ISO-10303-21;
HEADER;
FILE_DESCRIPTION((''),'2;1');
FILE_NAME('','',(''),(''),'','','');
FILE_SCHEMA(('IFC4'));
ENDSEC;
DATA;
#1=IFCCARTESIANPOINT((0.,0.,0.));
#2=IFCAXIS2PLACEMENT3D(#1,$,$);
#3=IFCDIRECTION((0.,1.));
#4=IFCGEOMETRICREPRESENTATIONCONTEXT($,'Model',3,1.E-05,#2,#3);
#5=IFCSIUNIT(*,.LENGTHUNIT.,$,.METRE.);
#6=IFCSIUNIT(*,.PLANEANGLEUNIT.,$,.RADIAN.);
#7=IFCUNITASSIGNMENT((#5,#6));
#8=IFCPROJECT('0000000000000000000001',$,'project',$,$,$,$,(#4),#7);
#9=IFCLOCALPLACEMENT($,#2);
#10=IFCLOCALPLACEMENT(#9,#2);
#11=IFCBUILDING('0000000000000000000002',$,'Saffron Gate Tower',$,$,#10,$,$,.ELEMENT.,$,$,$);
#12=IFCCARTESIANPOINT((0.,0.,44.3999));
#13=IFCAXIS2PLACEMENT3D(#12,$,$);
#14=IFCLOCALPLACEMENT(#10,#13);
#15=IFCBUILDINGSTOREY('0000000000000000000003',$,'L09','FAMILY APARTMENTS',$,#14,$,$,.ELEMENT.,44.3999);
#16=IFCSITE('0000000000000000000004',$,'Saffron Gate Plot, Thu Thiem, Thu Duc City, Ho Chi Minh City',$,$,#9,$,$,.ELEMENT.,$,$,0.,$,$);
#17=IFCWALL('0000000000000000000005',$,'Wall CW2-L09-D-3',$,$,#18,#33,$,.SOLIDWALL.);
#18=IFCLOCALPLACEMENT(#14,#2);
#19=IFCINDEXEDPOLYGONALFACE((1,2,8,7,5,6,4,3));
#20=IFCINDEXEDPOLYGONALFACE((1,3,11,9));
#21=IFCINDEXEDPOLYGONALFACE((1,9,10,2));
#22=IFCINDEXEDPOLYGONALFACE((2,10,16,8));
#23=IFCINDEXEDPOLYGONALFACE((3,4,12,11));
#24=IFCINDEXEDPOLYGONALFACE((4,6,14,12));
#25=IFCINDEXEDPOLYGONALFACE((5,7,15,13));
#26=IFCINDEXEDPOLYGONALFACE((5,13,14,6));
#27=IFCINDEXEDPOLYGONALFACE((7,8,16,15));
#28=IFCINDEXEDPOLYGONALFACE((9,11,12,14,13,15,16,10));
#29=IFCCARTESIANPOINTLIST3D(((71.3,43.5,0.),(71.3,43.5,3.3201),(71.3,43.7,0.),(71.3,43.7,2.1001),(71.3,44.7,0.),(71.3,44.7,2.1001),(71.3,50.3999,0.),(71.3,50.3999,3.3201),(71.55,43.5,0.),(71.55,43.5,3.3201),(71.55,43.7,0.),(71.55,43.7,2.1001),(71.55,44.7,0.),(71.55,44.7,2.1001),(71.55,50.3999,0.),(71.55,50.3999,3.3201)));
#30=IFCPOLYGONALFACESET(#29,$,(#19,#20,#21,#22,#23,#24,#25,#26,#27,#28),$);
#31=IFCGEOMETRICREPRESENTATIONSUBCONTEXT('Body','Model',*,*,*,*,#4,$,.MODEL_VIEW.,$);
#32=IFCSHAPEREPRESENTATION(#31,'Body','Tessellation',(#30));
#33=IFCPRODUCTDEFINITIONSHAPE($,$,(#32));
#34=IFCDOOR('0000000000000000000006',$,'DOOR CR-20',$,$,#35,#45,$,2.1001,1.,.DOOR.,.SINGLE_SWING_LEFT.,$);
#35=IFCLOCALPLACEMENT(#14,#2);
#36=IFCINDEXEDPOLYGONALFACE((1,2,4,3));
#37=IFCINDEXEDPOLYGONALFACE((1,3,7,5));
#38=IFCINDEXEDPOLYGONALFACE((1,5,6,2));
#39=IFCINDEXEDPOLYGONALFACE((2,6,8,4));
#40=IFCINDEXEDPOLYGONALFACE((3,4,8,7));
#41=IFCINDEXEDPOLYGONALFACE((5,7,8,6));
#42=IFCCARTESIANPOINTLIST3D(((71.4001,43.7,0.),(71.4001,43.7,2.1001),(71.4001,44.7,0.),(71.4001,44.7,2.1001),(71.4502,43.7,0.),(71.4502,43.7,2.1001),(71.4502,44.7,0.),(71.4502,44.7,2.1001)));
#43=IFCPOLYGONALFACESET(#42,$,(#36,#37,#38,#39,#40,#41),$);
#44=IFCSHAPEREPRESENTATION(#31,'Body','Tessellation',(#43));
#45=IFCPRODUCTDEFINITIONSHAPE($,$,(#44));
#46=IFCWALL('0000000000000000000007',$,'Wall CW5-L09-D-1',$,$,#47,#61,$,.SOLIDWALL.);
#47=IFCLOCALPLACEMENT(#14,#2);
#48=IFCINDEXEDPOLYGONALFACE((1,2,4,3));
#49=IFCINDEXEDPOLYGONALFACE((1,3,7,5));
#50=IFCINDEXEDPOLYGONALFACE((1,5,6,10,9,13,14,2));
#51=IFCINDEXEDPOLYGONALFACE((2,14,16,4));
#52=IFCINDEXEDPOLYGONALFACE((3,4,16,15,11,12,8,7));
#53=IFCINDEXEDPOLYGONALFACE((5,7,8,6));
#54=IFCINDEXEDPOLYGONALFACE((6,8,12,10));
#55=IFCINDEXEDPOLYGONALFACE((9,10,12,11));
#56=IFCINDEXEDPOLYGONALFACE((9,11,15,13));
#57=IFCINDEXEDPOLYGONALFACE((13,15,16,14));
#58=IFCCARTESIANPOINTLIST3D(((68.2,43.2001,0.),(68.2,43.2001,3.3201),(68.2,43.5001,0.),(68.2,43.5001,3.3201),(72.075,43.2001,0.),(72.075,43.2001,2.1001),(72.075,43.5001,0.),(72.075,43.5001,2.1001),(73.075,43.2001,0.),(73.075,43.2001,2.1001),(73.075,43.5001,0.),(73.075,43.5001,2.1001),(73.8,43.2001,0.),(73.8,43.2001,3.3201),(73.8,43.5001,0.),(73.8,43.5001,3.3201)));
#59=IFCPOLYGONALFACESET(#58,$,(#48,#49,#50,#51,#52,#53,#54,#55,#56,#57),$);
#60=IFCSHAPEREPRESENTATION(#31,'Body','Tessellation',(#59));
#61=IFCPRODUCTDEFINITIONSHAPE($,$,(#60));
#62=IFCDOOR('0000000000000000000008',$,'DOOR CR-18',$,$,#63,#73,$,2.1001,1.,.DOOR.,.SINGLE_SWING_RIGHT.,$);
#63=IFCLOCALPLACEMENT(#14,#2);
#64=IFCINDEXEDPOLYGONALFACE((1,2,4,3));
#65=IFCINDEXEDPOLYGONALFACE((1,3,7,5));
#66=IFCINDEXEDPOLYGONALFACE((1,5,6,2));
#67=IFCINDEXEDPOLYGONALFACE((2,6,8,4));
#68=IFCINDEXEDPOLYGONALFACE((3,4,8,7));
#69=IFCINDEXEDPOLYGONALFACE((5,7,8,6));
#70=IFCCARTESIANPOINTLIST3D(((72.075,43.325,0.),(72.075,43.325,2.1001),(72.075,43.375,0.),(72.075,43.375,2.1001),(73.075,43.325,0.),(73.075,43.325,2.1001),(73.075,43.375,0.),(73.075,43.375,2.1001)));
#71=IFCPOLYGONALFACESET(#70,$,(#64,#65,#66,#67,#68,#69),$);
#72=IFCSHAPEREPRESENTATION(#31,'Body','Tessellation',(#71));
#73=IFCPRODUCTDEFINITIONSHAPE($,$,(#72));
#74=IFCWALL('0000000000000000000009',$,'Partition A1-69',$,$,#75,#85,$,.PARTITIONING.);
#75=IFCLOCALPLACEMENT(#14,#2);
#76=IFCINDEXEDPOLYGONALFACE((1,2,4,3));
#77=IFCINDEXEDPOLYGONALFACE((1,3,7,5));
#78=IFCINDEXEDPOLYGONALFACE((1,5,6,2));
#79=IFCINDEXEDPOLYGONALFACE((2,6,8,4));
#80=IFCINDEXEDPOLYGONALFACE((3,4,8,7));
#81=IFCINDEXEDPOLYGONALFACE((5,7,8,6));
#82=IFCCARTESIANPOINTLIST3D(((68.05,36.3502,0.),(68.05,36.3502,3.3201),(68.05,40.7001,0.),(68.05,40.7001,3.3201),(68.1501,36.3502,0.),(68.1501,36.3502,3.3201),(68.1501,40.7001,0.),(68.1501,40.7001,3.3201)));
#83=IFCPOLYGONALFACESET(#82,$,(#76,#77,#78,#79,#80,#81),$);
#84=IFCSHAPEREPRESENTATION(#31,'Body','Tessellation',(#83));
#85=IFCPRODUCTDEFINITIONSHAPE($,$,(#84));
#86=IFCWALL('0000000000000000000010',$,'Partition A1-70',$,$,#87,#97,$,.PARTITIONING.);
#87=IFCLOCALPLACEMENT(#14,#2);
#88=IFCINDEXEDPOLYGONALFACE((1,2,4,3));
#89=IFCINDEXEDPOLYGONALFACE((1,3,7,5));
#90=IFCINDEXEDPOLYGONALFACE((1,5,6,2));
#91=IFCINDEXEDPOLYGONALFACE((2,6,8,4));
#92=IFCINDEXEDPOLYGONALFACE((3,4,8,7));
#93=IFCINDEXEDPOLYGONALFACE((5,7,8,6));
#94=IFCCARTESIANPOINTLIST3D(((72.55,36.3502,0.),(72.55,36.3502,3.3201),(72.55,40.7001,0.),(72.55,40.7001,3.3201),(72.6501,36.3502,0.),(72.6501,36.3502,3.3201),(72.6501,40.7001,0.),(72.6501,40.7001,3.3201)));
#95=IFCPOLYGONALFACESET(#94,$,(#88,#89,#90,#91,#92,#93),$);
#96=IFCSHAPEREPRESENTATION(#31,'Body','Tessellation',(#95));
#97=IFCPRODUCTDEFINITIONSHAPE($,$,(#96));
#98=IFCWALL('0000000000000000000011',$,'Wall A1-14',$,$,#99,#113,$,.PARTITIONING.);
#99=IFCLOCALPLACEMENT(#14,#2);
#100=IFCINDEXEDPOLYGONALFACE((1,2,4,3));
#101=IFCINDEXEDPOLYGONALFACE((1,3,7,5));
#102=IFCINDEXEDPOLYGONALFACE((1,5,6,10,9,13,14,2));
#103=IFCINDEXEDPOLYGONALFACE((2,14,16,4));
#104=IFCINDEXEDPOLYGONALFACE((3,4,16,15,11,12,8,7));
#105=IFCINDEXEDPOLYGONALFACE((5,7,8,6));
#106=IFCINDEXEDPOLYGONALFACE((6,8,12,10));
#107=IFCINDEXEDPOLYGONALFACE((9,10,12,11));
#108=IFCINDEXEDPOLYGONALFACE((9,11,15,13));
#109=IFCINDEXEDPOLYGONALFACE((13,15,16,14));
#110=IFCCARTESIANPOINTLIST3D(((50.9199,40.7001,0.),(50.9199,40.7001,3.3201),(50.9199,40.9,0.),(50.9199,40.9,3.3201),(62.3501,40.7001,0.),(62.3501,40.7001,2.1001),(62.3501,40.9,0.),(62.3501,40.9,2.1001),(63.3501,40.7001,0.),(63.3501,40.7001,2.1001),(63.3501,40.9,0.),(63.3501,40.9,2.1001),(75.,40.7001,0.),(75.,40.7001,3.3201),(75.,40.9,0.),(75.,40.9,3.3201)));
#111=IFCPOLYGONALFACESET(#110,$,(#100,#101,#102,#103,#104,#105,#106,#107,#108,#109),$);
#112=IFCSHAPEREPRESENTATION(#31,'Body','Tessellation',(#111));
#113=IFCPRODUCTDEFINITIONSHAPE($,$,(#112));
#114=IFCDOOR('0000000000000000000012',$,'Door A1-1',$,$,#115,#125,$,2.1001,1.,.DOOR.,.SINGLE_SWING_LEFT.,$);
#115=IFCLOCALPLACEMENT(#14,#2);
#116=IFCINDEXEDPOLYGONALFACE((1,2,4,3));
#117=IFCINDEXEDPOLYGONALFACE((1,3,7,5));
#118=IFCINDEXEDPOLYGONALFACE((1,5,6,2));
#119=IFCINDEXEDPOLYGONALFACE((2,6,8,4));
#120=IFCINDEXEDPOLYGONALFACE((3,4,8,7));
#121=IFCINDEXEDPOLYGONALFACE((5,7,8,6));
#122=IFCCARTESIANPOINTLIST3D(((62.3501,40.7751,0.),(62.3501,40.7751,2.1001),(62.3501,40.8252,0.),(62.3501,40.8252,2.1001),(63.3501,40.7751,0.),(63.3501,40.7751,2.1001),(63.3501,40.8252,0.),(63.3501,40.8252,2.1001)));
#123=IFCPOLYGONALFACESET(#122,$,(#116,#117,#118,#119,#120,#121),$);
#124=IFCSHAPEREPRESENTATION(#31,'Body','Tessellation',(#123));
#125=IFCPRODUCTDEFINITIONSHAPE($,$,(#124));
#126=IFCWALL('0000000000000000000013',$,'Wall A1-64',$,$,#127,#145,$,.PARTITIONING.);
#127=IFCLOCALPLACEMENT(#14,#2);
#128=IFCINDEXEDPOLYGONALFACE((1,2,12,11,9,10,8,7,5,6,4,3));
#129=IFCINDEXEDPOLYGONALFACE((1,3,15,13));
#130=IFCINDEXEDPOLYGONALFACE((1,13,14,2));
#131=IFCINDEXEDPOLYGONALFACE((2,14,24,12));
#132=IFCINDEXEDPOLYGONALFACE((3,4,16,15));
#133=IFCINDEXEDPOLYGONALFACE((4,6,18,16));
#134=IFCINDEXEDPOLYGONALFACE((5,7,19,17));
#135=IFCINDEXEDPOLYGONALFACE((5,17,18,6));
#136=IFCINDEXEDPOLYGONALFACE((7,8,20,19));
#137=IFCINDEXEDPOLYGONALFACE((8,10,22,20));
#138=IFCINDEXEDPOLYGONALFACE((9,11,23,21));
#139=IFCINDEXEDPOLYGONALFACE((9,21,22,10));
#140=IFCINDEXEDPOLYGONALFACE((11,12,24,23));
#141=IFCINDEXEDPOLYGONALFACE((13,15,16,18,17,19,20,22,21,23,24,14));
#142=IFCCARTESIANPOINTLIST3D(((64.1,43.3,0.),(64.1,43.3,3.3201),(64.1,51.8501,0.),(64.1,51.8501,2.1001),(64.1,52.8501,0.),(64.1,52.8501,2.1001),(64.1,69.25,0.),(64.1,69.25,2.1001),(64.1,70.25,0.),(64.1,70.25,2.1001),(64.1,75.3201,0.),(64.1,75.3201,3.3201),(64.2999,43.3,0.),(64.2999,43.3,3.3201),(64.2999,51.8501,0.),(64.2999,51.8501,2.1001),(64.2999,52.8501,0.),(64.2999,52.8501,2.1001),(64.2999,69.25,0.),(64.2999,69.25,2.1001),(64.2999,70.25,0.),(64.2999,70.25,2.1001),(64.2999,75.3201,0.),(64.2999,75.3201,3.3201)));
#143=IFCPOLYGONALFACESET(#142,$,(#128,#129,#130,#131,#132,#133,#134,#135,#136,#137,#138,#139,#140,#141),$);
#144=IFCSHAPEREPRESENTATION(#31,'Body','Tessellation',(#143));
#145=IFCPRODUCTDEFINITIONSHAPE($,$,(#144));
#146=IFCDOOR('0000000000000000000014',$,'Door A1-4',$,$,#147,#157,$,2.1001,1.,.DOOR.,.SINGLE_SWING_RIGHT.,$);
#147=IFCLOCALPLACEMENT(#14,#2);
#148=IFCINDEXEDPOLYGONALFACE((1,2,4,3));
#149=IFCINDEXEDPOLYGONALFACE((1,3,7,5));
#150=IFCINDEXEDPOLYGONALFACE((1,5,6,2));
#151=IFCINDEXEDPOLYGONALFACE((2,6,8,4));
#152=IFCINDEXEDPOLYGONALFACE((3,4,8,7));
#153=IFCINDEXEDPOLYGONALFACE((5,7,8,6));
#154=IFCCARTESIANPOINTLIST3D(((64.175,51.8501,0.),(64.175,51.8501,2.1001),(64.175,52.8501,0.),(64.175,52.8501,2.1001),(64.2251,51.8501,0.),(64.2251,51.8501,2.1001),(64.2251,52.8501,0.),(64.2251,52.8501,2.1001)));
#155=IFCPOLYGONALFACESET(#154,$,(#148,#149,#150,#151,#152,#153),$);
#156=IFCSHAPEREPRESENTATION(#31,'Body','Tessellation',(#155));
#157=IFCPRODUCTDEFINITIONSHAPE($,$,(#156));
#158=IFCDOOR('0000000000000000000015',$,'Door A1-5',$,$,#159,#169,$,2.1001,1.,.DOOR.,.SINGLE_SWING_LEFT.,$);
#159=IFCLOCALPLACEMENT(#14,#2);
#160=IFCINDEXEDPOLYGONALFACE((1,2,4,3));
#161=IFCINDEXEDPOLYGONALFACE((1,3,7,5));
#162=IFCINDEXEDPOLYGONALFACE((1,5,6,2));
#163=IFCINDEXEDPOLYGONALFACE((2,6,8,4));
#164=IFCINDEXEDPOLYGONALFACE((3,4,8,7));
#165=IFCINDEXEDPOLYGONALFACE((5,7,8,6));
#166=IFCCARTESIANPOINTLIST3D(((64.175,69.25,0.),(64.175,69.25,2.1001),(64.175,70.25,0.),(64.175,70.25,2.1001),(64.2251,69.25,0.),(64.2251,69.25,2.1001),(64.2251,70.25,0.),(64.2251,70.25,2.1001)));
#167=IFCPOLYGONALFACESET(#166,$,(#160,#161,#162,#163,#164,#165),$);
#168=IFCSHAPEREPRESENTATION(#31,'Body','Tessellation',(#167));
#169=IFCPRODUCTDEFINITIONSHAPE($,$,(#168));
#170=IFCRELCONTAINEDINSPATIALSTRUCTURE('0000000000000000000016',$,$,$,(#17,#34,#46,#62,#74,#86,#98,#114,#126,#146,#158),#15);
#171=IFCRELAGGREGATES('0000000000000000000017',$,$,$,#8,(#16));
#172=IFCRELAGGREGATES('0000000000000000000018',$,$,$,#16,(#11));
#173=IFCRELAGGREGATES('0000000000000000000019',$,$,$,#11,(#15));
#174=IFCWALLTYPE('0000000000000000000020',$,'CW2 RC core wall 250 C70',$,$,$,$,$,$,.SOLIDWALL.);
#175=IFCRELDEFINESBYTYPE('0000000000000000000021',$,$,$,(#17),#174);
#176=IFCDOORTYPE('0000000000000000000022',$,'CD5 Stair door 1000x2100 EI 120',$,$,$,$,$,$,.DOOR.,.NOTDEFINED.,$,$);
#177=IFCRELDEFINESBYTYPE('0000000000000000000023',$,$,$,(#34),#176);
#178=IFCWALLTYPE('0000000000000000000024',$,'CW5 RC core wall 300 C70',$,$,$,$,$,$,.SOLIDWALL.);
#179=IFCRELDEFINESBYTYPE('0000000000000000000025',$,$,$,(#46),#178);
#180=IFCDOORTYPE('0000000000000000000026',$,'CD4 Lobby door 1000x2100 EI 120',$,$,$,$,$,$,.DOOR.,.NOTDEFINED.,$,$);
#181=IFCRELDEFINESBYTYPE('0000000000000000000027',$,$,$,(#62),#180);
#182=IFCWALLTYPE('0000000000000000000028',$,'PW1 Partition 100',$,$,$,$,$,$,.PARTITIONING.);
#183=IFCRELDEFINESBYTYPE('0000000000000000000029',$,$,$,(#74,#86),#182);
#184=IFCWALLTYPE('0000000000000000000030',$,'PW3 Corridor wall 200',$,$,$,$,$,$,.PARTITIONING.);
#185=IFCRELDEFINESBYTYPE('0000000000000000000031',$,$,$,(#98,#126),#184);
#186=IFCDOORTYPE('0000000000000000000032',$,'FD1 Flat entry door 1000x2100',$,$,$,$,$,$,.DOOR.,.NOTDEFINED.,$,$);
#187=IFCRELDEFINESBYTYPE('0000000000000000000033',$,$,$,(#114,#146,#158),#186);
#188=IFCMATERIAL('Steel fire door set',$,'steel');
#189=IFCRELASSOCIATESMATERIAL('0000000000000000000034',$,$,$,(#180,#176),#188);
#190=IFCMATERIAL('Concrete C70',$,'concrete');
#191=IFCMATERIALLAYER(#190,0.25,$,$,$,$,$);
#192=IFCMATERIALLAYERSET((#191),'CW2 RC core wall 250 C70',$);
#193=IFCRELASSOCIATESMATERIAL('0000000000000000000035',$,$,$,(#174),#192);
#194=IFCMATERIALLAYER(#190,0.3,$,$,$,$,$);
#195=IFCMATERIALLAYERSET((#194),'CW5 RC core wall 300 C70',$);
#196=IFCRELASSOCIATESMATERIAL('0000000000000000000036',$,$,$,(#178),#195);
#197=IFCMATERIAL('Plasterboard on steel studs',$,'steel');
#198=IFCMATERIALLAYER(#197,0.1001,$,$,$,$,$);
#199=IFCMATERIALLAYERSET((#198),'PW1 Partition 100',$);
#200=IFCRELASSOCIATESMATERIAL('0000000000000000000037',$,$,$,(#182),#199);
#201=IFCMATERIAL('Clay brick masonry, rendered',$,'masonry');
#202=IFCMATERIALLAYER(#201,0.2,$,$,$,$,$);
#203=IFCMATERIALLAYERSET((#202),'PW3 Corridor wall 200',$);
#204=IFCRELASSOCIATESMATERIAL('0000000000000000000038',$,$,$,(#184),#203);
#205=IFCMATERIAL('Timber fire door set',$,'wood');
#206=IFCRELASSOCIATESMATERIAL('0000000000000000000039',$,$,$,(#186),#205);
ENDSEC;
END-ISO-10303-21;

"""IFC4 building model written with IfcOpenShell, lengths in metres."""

from ifc_helpers import new_model, si_unit, direction, frame, frame_2d, origin, place, context, subcontext, project, spatial, rectangle, extrude, material, layer, layer_set, type_object, element, fill, save


model = new_model("IFC4")

# Units and contexts
model_context = context("Model", 3, precision=1e-05, world=origin(), true_north=direction((0.0, 1.0)))
body_context = subcontext(model_context, "Body", "Model", "MODEL_VIEW")
ifc_project = project(units=[si_unit("LENGTHUNIT", "METRE"), si_unit("PLANEANGLEUNIT", "RADIAN")], contexts=[model_context])

# Site, building, storey
site_placement = place(None, origin())
site = spatial("IfcSite", under=ifc_project, at=site_placement, Name="Saffron Gate Plot, Thu Thiem, Thu Duc City, Ho Chi Minh City", CompositionType="ELEMENT", RefElevation=0.0)
building_placement = place(site_placement, origin())
building = spatial("IfcBuilding", under=site, at=building_placement, Name="Saffron Gate Tower", CompositionType="ELEMENT")
storey_placement = place(building_placement, frame((0.0, 0.0, 44.3999)))
storey = spatial("IfcBuildingStorey", under=building, at=storey_placement, Name="L09", Description="FAMILY APARTMENTS", CompositionType="ELEMENT", Elevation=44.3999)

# Shared definitions
ifc_material_1 = material(Name="Steel fire door set", Category="steel")
door_type_1 = type_object("IfcDoorType", Name="CD4 Lobby door 1000x2100 EI 120", OperationType="NOTDEFINED", PredefinedType="DOOR", material=ifc_material_1)

# Shared definitions
ifc_material_2 = material(Name="Concrete C70", Category="concrete")
ifc_layer_1 = layer(ifc_material_2, 0.25)
ifc_layer_set_1 = layer_set([ifc_layer_1], Name="CW2 RC core wall 250 C70")
wall_type_1 = type_object("IfcWallType", Name="CW2 RC core wall 250 C70", PredefinedType="SOLIDWALL", material=ifc_layer_set_1)

# Walls, openings, doors
wall_1_placement = place(storey_placement, frame((71.425, 43.5, 0.0), z_axis=(0.0, 0.0, 1.0), x_axis=(0.0, 1.0, 0.0)))
wall_1 = element("IfcWall", 1, at=wall_1_placement, inside=storey, type_object=wall_type_1, Name="Wall CW2-L09-D-3", PredefinedType="SOLIDWALL", context=body_context, shape_type="SweptSolid", body=[
    extrude(rectangle(XDim=6.8999, YDim=0.25, at=frame_2d((3.45, 0.0))), origin(), (0.0, 0.0, 1.0), 3.3201),
])
opening_1_placement = place(wall_1_placement, frame((0.2, 0.0, 0.0)))
opening_1 = element("IfcOpeningElement", 2, at=opening_1_placement, cuts=wall_1, PredefinedType="OPENING", context=body_context, shape_type="SweptSolid", body=[
    extrude(rectangle(XDim=1.0, YDim=2.1001, at=frame_2d((0.5, 1.05))), frame((0.0, 0.135, 0.0), z_axis=(0.0, -1.0, 0.0), x_axis=(1.0, 0.0, 0.0)), (0.0, 0.0, 1.0), 0.27),
])
door_type_2 = type_object("IfcDoorType", Name="CD5 Stair door 1000x2100 EI 120", OperationType="NOTDEFINED", PredefinedType="DOOR", material=ifc_material_1)
door_1_placement = place(opening_1_placement, origin())
door_1 = element("IfcDoor", 3, at=door_1_placement, inside=storey, type_object=door_type_2, Name="DOOR CR-20", OperationType="SINGLE_SWING_LEFT", OverallHeight=2.1001, OverallWidth=1.0, PredefinedType="DOOR", context=body_context, shape_type="SweptSolid", body=[
    extrude(rectangle(XDim=1.0, YDim=2.1001, at=frame_2d((0.5, 1.05))), frame((0.0, 0.0249, 0.0), z_axis=(0.0, -1.0, 0.0), x_axis=(1.0, 0.0, 0.0)), (0.0, 0.0, 1.0), 0.05),
])
fill(opening_1, door_1)
ifc_layer_2 = layer(ifc_material_2, 0.3)
ifc_layer_set_2 = layer_set([ifc_layer_2], Name="CW5 RC core wall 300 C70")
wall_type_2 = type_object("IfcWallType", Name="CW5 RC core wall 300 C70", PredefinedType="SOLIDWALL", material=ifc_layer_set_2)
wall_2_placement = place(storey_placement, frame((68.2, 43.3501, 0.0), z_axis=(0.0, 0.0, 1.0), x_axis=(1.0, 0.0, 0.0)))
wall_2 = element("IfcWall", 4, at=wall_2_placement, inside=storey, type_object=wall_type_2, Name="Wall CW5-L09-D-1", PredefinedType="SOLIDWALL", context=body_context, shape_type="SweptSolid", body=[
    extrude(rectangle(XDim=5.6001, YDim=0.3, at=frame_2d((2.8, 0.0))), origin(), (0.0, 0.0, 1.0), 3.3201),
])
opening_2_placement = place(wall_2_placement, frame((3.875, 0.0, 0.0)))
opening_2 = element("IfcOpeningElement", 5, at=opening_2_placement, cuts=wall_2, PredefinedType="OPENING", context=body_context, shape_type="SweptSolid", body=[
    extrude(rectangle(XDim=1.0, YDim=2.1001, at=frame_2d((0.5, 1.05))), frame((0.0, 0.1602, 0.0), z_axis=(0.0, -1.0, 0.0), x_axis=(1.0, 0.0, 0.0)), (0.0, 0.0, 1.0), 0.3201),
])
door_2_placement = place(opening_2_placement, origin())
door_2 = element("IfcDoor", 6, at=door_2_placement, inside=storey, type_object=door_type_1, Name="DOOR CR-18", OperationType="SINGLE_SWING_RIGHT", OverallHeight=2.1001, OverallWidth=1.0, PredefinedType="DOOR", context=body_context, shape_type="SweptSolid", body=[
    extrude(rectangle(XDim=1.0, YDim=2.1001, at=frame_2d((0.5, 1.05))), frame((0.0, 0.0249, 0.0), z_axis=(0.0, -1.0, 0.0), x_axis=(1.0, 0.0, 0.0)), (0.0, 0.0, 1.0), 0.05),
])
fill(opening_2, door_2)

# Walls
ifc_material_3 = material(Name="Plasterboard on steel studs", Category="steel")
ifc_layer_3 = layer(ifc_material_3, 0.1001)
ifc_layer_set_3 = layer_set([ifc_layer_3], Name="PW1 Partition 100")
wall_type_3 = type_object("IfcWallType", Name="PW1 Partition 100", PredefinedType="PARTITIONING", material=ifc_layer_set_3)
for number, where, z_axis, x_axis, name in (
    (7, (68.1001, 40.7, 0.0), (0.0, 0.0, 1.0), (0.0, -1.0, 0.0), "Partition A1-69"),
    (8, (72.6001, 40.7, 0.0), (0.0, 0.0, 1.0), (0.0, -1.0, 0.0), "Partition A1-70"),
):
    element("IfcWall", number, at=place(storey_placement, frame(where, z_axis=z_axis, x_axis=x_axis)), inside=storey, type_object=wall_type_3, Name=name, PredefinedType="PARTITIONING", context=body_context, shape_type="SweptSolid", body=[
        extrude(rectangle(XDim=4.3499, YDim=0.1001, at=frame_2d((2.1748, 0.0))), origin(), (0.0, 0.0, 1.0), 3.3201),
    ])

# Wall, opening, door
ifc_material_4 = material(Name="Clay brick masonry, rendered", Category="masonry")
ifc_layer_4 = layer(ifc_material_4, 0.2)
ifc_layer_set_4 = layer_set([ifc_layer_4], Name="PW3 Corridor wall 200")
wall_type_4 = type_object("IfcWallType", Name="PW3 Corridor wall 200", PredefinedType="PARTITIONING", material=ifc_layer_set_4)
wall_3_placement = place(storey_placement, frame((75.0, 40.8, 0.0), z_axis=(0.0, 0.0, 1.0), x_axis=(-1.0, 0.0, 0.0)))
wall_3 = element("IfcWall", 9, at=wall_3_placement, inside=storey, type_object=wall_type_4, Name="Wall A1-14", PredefinedType="PARTITIONING", context=body_context, shape_type="SweptSolid", body=[
    extrude(rectangle(XDim=24.0801, YDim=0.2, at=frame_2d((12.04, 0.0))), origin(), (0.0, 0.0, 1.0), 3.3201),
])
opening_3_placement = place(wall_3_placement, frame((11.6499, 0.0, 0.0)))
opening_3 = element("IfcOpeningElement", 10, at=opening_3_placement, cuts=wall_3, PredefinedType="OPENING", context=body_context, shape_type="SweptSolid", body=[
    extrude(rectangle(XDim=1.0, YDim=2.1001, at=frame_2d((0.5, 1.05))), frame((0.0, 0.1099, 0.0), z_axis=(0.0, -1.0, 0.0), x_axis=(1.0, 0.0, 0.0)), (0.0, 0.0, 1.0), 0.22),
])
ifc_material_5 = material(Name="Timber fire door set", Category="wood")
door_type_3 = type_object("IfcDoorType", Name="FD1 Flat entry door 1000x2100", OperationType="NOTDEFINED", PredefinedType="DOOR", material=ifc_material_5)
door_3_placement = place(opening_3_placement, origin())
door_3 = element("IfcDoor", 11, at=door_3_placement, inside=storey, type_object=door_type_3, Name="Door A1-1", OperationType="SINGLE_SWING_LEFT", OverallHeight=2.1001, OverallWidth=1.0, PredefinedType="DOOR", context=body_context, shape_type="SweptSolid", body=[
    extrude(rectangle(XDim=1.0, YDim=2.1001, at=frame_2d((0.5, 1.05))), frame((0.0, 0.0249, 0.0), z_axis=(0.0, -1.0, 0.0), x_axis=(1.0, 0.0, 0.0)), (0.0, 0.0, 1.0), 0.05),
])
fill(opening_3, door_3)

# Wall, openings, doors
wall_4_placement = place(storey_placement, frame((64.2, 43.3, 0.0), z_axis=(0.0, 0.0, 1.0), x_axis=(0.0, 1.0, 0.0)))
wall_4 = element("IfcWall", 12, at=wall_4_placement, inside=storey, type_object=wall_type_4, Name="Wall A1-64", PredefinedType="PARTITIONING", context=body_context, shape_type="SweptSolid", body=[
    extrude(rectangle(XDim=32.02, YDim=0.2, at=frame_2d((16.01, 0.0))), origin(), (0.0, 0.0, 1.0), 3.3201),
])
opening_4_placement = place(wall_4_placement, frame((8.55, 0.0, 0.0)))
opening_4 = element("IfcOpeningElement", 13, at=opening_4_placement, cuts=wall_4, PredefinedType="OPENING", context=body_context, shape_type="SweptSolid", body=[
    extrude(rectangle(XDim=1.0, YDim=2.1001, at=frame_2d((0.5, 1.05))), frame((0.0, 0.1099, 0.0), z_axis=(0.0, -1.0, 0.0), x_axis=(1.0, 0.0, 0.0)), (0.0, 0.0, 1.0), 0.22),
])
opening_5_placement = place(wall_4_placement, frame((25.95, 0.0, 0.0)))
opening_5 = element("IfcOpeningElement", 14, at=opening_5_placement, cuts=wall_4, PredefinedType="OPENING", context=body_context, shape_type="SweptSolid", body=[
    extrude(rectangle(XDim=1.0, YDim=2.1001, at=frame_2d((0.5, 1.05))), frame((0.0, 0.1099, 0.0), z_axis=(0.0, -1.0, 0.0), x_axis=(1.0, 0.0, 0.0)), (0.0, 0.0, 1.0), 0.22),
])
door_4_placement = place(opening_4_placement, origin())
door_4 = element("IfcDoor", 15, at=door_4_placement, inside=storey, type_object=door_type_3, Name="Door A1-4", OperationType="SINGLE_SWING_RIGHT", OverallHeight=2.1001, OverallWidth=1.0, PredefinedType="DOOR", context=body_context, shape_type="SweptSolid", body=[
    extrude(rectangle(XDim=1.0, YDim=2.1001, at=frame_2d((0.5, 1.05))), frame((0.0, 0.0249, 0.0), z_axis=(0.0, -1.0, 0.0), x_axis=(1.0, 0.0, 0.0)), (0.0, 0.0, 1.0), 0.05),
])
fill(opening_4, door_4)
door_5_placement = place(opening_5_placement, origin())
door_5 = element("IfcDoor", 16, at=door_5_placement, inside=storey, type_object=door_type_3, Name="Door A1-5", OperationType="SINGLE_SWING_LEFT", OverallHeight=2.1001, OverallWidth=1.0, PredefinedType="DOOR", context=body_context, shape_type="SweptSolid", body=[
    extrude(rectangle(XDim=1.0, YDim=2.1001, at=frame_2d((0.5, 1.05))), frame((0.0, 0.0249, 0.0), z_axis=(0.0, -1.0, 0.0), x_axis=(1.0, 0.0, 0.0)), (0.0, 0.0, 1.0), 0.05),
])
fill(opening_5, door_5)

save(model, "model.ifc")
